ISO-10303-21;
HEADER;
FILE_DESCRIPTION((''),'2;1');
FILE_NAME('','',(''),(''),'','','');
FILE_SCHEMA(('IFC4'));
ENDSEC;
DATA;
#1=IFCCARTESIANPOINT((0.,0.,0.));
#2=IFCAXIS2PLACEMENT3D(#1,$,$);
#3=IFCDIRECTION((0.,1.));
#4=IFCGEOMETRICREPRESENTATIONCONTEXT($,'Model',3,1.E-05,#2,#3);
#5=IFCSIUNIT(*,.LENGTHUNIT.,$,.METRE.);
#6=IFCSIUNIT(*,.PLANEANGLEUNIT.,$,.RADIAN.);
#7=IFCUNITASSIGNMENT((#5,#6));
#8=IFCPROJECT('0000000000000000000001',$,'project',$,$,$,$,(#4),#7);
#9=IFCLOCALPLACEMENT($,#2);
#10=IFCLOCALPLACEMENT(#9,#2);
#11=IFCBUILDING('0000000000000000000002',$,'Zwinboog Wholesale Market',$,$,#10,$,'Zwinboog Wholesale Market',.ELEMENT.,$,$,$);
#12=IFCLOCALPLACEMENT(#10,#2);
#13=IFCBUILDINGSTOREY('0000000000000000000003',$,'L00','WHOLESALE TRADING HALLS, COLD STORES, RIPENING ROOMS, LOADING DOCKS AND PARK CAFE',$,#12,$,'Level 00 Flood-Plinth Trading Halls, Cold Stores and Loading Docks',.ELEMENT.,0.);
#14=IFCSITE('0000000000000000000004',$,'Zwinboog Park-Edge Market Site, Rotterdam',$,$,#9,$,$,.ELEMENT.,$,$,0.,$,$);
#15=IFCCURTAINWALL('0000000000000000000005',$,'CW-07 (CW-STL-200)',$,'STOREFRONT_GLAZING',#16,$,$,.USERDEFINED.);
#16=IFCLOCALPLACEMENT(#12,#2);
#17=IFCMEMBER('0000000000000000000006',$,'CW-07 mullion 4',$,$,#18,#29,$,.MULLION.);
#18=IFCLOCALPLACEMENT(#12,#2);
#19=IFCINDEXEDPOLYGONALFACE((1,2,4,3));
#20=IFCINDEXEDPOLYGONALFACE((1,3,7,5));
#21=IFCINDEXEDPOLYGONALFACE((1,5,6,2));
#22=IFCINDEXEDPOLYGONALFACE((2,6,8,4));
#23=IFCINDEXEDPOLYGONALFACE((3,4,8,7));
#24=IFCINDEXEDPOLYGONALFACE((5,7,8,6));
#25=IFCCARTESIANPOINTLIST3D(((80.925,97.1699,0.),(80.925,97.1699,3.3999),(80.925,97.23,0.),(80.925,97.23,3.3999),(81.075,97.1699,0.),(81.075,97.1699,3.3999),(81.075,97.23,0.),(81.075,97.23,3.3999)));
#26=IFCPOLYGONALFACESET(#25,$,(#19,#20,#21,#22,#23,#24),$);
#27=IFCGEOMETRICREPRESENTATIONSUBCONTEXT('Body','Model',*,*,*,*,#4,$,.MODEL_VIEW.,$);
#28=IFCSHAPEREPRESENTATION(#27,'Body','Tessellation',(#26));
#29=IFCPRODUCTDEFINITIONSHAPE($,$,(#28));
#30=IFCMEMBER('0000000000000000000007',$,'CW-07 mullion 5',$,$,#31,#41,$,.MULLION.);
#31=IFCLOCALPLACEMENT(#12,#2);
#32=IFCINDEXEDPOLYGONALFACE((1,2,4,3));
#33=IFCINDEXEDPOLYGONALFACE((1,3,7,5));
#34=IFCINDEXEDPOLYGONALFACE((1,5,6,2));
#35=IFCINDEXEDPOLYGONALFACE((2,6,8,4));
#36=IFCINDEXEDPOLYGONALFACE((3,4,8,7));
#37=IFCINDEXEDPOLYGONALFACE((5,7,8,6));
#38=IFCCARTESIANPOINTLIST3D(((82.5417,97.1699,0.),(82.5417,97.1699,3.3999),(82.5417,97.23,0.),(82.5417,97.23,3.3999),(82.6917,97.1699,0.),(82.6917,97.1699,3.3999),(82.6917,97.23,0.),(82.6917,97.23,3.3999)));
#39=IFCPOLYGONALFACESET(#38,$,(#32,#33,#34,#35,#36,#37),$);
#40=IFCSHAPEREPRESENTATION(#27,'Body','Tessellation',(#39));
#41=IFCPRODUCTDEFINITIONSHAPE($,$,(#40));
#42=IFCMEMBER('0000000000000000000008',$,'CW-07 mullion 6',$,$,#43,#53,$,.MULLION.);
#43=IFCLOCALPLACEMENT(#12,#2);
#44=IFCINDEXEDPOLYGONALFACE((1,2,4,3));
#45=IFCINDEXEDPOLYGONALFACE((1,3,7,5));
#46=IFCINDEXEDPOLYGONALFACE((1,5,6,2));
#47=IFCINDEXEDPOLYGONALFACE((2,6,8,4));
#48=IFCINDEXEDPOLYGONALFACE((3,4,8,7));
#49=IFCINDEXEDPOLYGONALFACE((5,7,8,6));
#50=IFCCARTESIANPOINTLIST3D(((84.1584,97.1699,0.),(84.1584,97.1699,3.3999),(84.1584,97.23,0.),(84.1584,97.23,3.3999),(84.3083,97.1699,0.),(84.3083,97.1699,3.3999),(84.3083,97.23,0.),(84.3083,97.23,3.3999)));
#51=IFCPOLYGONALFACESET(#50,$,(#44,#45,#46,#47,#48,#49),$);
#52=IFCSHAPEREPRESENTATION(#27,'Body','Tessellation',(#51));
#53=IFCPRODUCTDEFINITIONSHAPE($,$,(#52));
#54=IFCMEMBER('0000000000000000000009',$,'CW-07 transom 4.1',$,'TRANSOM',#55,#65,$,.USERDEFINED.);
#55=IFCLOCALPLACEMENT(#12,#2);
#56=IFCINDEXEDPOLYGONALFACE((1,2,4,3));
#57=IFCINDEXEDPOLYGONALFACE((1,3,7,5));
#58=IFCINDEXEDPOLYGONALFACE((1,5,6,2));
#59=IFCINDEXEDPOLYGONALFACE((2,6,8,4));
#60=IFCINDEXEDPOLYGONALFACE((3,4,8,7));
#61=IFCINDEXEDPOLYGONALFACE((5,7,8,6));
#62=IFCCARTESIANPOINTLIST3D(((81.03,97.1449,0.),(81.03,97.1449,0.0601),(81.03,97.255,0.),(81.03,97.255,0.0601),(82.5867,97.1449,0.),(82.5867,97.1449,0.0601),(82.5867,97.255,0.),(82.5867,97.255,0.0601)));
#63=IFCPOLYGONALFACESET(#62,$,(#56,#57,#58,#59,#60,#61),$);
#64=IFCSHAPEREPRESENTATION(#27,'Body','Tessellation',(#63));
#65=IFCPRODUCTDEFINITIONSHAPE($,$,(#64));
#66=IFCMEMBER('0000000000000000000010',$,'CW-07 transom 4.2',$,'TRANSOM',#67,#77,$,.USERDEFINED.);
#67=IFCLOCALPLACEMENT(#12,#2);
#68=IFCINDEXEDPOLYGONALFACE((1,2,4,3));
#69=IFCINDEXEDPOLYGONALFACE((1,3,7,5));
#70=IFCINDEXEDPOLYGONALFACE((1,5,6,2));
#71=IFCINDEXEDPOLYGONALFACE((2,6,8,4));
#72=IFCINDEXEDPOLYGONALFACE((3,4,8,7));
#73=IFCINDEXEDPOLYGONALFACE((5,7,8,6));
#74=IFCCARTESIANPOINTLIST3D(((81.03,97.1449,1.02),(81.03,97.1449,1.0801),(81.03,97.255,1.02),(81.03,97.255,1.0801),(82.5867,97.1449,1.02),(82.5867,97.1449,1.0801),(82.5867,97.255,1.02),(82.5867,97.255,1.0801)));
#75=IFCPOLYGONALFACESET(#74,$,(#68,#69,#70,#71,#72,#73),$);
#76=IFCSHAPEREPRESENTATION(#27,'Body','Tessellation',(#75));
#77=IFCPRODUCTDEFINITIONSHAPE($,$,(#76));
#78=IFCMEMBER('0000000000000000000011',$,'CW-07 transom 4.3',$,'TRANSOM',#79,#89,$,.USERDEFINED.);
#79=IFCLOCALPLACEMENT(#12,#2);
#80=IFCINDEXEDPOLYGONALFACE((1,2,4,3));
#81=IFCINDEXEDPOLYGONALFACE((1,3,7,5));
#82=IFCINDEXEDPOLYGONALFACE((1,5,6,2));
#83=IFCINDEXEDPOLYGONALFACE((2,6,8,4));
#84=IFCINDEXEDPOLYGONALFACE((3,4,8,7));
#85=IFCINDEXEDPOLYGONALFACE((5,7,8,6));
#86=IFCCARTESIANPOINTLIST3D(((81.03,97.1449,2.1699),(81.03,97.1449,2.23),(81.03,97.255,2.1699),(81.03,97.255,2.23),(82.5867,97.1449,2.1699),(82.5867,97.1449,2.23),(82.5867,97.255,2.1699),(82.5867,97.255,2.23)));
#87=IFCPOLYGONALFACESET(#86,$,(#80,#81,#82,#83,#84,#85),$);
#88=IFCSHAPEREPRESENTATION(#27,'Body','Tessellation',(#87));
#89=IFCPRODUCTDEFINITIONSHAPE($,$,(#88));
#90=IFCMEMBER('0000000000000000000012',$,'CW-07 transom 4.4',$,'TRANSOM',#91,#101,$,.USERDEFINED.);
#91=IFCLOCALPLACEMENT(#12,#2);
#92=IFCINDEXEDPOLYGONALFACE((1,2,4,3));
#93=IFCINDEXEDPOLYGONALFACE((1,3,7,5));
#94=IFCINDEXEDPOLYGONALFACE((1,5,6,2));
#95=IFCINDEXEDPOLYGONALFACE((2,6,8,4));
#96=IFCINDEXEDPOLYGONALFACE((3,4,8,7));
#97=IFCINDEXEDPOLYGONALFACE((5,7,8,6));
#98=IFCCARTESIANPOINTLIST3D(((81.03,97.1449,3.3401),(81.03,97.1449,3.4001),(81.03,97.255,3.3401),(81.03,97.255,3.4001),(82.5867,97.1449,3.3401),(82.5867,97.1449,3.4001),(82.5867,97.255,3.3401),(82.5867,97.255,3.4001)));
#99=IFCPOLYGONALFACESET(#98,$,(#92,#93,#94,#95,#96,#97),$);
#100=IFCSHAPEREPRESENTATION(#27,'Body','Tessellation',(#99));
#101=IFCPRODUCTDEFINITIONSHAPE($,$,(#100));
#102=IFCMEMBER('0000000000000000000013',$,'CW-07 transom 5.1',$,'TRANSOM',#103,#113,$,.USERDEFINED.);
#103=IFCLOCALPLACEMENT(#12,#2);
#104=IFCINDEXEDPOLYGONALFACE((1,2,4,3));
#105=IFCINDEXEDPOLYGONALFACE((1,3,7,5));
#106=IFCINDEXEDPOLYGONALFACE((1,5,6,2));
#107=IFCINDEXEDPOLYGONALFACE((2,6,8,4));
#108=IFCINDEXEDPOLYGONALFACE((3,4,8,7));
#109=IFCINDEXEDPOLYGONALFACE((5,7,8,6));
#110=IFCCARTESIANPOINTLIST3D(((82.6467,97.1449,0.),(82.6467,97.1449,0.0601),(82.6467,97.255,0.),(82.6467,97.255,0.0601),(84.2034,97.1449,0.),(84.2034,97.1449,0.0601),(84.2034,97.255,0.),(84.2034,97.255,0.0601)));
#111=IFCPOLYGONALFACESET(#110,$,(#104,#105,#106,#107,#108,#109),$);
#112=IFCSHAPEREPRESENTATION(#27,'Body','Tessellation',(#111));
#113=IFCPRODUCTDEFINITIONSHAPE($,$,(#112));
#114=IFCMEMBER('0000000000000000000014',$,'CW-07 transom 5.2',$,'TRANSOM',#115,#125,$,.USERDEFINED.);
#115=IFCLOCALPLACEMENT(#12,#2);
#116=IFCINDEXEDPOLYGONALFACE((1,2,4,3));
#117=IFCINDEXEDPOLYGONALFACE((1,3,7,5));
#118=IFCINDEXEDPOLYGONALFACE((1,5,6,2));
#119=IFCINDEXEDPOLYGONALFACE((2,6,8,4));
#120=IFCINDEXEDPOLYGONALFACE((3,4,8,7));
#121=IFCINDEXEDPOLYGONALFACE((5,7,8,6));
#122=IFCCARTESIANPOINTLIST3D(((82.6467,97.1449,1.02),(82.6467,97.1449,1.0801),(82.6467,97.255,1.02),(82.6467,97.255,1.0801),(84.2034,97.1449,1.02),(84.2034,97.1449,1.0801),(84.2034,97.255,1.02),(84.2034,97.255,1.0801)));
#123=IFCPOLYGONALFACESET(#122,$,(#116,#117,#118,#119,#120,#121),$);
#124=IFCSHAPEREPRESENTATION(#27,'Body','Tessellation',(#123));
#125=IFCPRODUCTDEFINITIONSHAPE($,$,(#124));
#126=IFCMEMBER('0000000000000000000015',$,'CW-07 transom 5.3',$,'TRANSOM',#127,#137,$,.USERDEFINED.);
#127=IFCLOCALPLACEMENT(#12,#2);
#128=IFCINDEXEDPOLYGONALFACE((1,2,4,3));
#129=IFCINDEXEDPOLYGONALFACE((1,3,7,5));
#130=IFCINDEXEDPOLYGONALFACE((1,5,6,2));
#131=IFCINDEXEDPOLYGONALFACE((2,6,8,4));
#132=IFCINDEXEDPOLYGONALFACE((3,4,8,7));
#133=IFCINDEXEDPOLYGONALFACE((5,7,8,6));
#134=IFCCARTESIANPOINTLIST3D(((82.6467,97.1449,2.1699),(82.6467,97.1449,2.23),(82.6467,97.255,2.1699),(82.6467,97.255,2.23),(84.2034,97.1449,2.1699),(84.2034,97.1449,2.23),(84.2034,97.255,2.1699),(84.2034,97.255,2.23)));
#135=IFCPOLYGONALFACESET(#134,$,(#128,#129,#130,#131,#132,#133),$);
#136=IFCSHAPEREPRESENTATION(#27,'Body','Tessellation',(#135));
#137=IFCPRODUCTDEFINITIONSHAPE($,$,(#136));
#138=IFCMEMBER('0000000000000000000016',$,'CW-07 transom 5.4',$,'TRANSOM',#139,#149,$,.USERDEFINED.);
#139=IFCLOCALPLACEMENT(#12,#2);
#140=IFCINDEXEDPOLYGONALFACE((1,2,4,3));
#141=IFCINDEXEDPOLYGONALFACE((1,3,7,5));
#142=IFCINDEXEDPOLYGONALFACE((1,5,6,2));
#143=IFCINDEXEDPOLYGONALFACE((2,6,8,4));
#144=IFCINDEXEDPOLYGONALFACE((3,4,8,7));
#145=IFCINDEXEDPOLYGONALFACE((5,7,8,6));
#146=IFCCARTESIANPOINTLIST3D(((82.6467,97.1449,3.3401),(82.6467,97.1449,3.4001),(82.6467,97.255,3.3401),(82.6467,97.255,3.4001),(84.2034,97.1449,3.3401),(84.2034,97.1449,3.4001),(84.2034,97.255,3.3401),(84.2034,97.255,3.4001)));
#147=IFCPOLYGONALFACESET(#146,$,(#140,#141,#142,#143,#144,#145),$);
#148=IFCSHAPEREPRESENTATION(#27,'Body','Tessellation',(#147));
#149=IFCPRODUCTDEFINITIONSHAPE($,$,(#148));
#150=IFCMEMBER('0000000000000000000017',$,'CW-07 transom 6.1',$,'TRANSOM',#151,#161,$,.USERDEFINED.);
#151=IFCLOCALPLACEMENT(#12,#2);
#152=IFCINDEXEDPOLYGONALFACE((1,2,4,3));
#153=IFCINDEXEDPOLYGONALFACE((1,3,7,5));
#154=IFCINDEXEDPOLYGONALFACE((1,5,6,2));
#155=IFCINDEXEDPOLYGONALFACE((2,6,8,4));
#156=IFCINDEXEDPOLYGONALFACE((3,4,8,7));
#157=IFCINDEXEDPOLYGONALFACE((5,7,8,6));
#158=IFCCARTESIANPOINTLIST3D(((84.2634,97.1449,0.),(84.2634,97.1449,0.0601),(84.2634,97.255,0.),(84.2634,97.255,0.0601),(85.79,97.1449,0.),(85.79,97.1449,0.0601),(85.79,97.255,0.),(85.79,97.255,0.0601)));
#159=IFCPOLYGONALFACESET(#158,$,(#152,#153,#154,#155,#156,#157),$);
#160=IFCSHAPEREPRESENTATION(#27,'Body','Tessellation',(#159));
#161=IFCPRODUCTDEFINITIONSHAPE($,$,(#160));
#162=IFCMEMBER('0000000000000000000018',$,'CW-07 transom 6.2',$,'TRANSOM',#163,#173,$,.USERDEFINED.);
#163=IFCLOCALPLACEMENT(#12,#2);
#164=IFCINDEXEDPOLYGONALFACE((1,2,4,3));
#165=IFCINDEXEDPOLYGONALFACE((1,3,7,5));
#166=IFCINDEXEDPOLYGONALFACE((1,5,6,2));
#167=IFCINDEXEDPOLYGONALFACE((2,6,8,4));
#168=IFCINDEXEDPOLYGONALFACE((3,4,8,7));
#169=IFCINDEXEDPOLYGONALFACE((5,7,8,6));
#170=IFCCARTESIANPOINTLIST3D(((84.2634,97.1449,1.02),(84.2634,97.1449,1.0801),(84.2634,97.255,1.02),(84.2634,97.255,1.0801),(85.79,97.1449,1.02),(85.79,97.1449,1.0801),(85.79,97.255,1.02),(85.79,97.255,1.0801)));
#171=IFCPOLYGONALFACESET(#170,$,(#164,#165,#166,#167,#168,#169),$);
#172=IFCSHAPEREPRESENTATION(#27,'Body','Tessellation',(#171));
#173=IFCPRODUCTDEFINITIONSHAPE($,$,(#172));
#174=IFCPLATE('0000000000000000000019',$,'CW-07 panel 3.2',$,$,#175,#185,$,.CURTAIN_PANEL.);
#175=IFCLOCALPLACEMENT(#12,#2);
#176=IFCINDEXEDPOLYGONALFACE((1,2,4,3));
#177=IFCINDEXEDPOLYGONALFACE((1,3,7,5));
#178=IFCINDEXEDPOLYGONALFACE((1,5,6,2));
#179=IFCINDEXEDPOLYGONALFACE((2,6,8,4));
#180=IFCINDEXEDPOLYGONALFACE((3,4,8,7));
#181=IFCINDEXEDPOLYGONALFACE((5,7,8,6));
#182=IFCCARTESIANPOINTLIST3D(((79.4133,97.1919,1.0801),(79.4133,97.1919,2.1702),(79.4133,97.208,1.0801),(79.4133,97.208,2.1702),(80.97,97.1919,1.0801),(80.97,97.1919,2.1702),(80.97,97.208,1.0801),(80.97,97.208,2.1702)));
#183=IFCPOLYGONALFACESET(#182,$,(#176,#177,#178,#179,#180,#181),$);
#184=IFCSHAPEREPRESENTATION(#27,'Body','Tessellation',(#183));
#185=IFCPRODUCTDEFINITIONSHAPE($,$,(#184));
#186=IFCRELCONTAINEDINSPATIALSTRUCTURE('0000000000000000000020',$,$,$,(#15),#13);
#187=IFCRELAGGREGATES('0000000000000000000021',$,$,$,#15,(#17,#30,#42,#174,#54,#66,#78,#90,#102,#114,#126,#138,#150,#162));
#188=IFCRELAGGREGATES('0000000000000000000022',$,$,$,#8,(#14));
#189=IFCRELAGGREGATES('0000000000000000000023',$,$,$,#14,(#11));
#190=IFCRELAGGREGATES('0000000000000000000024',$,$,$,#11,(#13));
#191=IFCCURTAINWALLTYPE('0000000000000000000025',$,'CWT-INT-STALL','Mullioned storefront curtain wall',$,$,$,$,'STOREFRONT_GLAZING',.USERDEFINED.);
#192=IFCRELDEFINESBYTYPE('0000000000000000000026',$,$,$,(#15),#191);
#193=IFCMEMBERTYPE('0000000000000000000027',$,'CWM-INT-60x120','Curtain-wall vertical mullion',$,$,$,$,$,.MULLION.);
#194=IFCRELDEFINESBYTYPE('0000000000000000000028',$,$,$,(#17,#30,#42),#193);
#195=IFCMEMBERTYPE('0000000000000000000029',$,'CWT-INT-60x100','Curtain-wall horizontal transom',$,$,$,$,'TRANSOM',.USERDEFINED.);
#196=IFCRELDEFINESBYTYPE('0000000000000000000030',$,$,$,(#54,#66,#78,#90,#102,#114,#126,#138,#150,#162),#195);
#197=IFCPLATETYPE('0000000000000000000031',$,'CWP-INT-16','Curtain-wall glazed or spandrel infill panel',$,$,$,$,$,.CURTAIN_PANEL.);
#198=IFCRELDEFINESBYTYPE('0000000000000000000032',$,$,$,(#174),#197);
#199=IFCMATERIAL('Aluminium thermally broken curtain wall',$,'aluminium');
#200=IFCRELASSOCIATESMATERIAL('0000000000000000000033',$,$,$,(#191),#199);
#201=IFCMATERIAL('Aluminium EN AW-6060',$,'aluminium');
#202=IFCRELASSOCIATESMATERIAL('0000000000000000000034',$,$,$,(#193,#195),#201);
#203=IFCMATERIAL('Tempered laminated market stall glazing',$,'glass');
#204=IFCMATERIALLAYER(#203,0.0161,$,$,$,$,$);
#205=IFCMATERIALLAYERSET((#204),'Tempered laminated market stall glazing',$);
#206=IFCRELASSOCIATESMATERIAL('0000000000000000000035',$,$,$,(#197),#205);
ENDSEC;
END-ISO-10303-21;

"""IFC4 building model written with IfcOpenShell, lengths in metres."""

from ifc_helpers import new_model, si_unit, direction, frame, origin, origin_2d, place, context, subcontext, project, spatial, rectangle, extrude, material, layer, layer_set, material_profile, profile_set, type_object, element, aggregate, save


model = new_model("IFC4")

# Units and contexts
model_context = context("Model", 3, precision=1e-05, world=origin(), true_north=direction((0.0, 1.0)))
body_context = subcontext(model_context, "Body", "Model", "MODEL_VIEW")
ifc_project = project(units=[si_unit("LENGTHUNIT", "METRE"), si_unit("PLANEANGLEUNIT", "RADIAN")], contexts=[model_context])

# Site, building, storey
site_placement = place(None, origin())
site = spatial("IfcSite", under=ifc_project, at=site_placement, Name="Zwinboog Park-Edge Market Site, Rotterdam", CompositionType="ELEMENT", RefElevation=0.0)
building_placement = place(site_placement, origin())
building = spatial("IfcBuilding", under=site, at=building_placement, Name="Zwinboog Wholesale Market", LongName="Zwinboog Wholesale Market", CompositionType="ELEMENT")
storey_placement = place(building_placement, origin())
storey = spatial("IfcBuildingStorey", under=building, at=storey_placement, Name="L00", Description="WHOLESALE TRADING HALLS, COLD STORES, RIPENING ROOMS, LOADING DOCKS AND PARK CAFE", LongName="Level 00 Flood-Plinth Trading Halls, Cold Stores and Loading Docks", CompositionType="ELEMENT", Elevation=0.0)

# Curtain wall, members, plate
ifc_material_1 = material(Name="Aluminium thermally broken curtain wall", Category="aluminium")
curtain_wall_type = type_object("IfcCurtainWallType", Name="CWT-INT-STALL", Description="Mullioned storefront curtain wall", ElementType="STOREFRONT_GLAZING", PredefinedType="USERDEFINED", material=ifc_material_1)
curtain_wall_placement = place(storey_placement, origin())
curtain_wall = element("IfcCurtainWall", 1, at=curtain_wall_placement, inside=storey, type_object=curtain_wall_type, Name="CW-07 (CW-STL-200)", ObjectType="STOREFRONT_GLAZING", PredefinedType="USERDEFINED")
ifc_material_2 = material(Name="Aluminium EN AW-6060", Category="aluminium")
ifc_material_profile_1 = material_profile(ifc_material_2, rectangle(XDim=0.0601, YDim=0.1499, at=origin_2d()), Name="AL 60x150")
ifc_profile_set_1 = profile_set([ifc_material_profile_1], Name="Aluminium EN AW-6060")
member_type_1 = type_object("IfcMemberType", Name="CWM-INT-60x120", Description="Curtain-wall vertical mullion", PredefinedType="MULLION", material=ifc_profile_set_1)
member_1_placement = place(storey_placement, frame((81.0, 97.2, 0.0), z_axis=(0.0, 0.0, 1.0), x_axis=(0.0, 1.0, 0.0)))
member_1 = element("IfcMember", 2, at=member_1_placement, type_object=member_type_1, Name="CW-07 mullion 4", PredefinedType="MULLION", context=body_context, shape_type="SweptSolid", body=[
    extrude(rectangle(XDim=0.0601, YDim=0.1499, at=origin_2d()), origin(), (0.0, 0.0, 1.0), 3.3999),
])
member_2_placement = place(storey_placement, frame((82.6167, 97.2, 0.0), z_axis=(0.0, 0.0, 1.0), x_axis=(0.0, 1.0, 0.0)))
member_2 = element("IfcMember", 3, at=member_2_placement, type_object=member_type_1, Name="CW-07 mullion 5", PredefinedType="MULLION", context=body_context, shape_type="SweptSolid", body=[
    extrude(rectangle(XDim=0.0601, YDim=0.1499, at=origin_2d()), origin(), (0.0, 0.0, 1.0), 3.3999),
])
member_3_placement = place(storey_placement, frame((84.2334, 97.2, 0.0), z_axis=(0.0, 0.0, 1.0), x_axis=(0.0, 1.0, 0.0)))
member_3 = element("IfcMember", 4, at=member_3_placement, type_object=member_type_1, Name="CW-07 mullion 6", PredefinedType="MULLION", context=body_context, shape_type="SweptSolid", body=[
    extrude(rectangle(XDim=0.0601, YDim=0.1499, at=origin_2d()), origin(), (0.0, 0.0, 1.0), 3.3999),
])
ifc_material_profile_2 = material_profile(ifc_material_2, rectangle(XDim=0.1101, YDim=0.0601, at=origin_2d()), Name="AL 60x110")
ifc_profile_set_2 = profile_set([ifc_material_profile_2], Name="Aluminium EN AW-6060")
member_type_2 = type_object("IfcMemberType", Name="CWT-INT-60x100", Description="Curtain-wall horizontal transom", ElementType="TRANSOM", PredefinedType="USERDEFINED", material=ifc_profile_set_2)
member_4_placement = place(storey_placement, frame((81.03, 97.2, 0.03), z_axis=(1.0, 0.0, 0.0), x_axis=(0.0, 1.0, 0.0)))
member_4 = element("IfcMember", 5, at=member_4_placement, type_object=member_type_2, Name="CW-07 transom 4.1", ObjectType="TRANSOM", PredefinedType="USERDEFINED", context=body_context, shape_type="SweptSolid", body=[
    extrude(rectangle(XDim=0.1101, YDim=0.0601, at=origin_2d()), origin(), (0.0, 0.0, 1.0), 1.5566),
])
member_5_placement = place(storey_placement, frame((81.03, 97.2, 1.05), z_axis=(1.0, 0.0, 0.0), x_axis=(0.0, 1.0, 0.0)))
member_5 = element("IfcMember", 6, at=member_5_placement, type_object=member_type_2, Name="CW-07 transom 4.2", ObjectType="TRANSOM", PredefinedType="USERDEFINED", context=body_context, shape_type="SweptSolid", body=[
    extrude(rectangle(XDim=0.1101, YDim=0.0601, at=origin_2d()), origin(), (0.0, 0.0, 1.0), 1.5566),
])
member_6_placement = place(storey_placement, frame((81.03, 97.2, 2.2), z_axis=(1.0, 0.0, 0.0), x_axis=(0.0, 1.0, 0.0)))
member_6 = element("IfcMember", 7, at=member_6_placement, type_object=member_type_2, Name="CW-07 transom 4.3", ObjectType="TRANSOM", PredefinedType="USERDEFINED", context=body_context, shape_type="SweptSolid", body=[
    extrude(rectangle(XDim=0.1101, YDim=0.0601, at=origin_2d()), origin(), (0.0, 0.0, 1.0), 1.5566),
])
member_7_placement = place(storey_placement, frame((81.03, 97.2, 3.3701), z_axis=(1.0, 0.0, 0.0), x_axis=(0.0, 1.0, 0.0)))
member_7 = element("IfcMember", 8, at=member_7_placement, type_object=member_type_2, Name="CW-07 transom 4.4", ObjectType="TRANSOM", PredefinedType="USERDEFINED", context=body_context, shape_type="SweptSolid", body=[
    extrude(rectangle(XDim=0.1101, YDim=0.0601, at=origin_2d()), origin(), (0.0, 0.0, 1.0), 1.5566),
])
member_8_placement = place(storey_placement, frame((82.6467, 97.2, 0.03), z_axis=(1.0, 0.0, 0.0), x_axis=(0.0, 1.0, 0.0)))
member_8 = element("IfcMember", 9, at=member_8_placement, type_object=member_type_2, Name="CW-07 transom 5.1", ObjectType="TRANSOM", PredefinedType="USERDEFINED", context=body_context, shape_type="SweptSolid", body=[
    extrude(rectangle(XDim=0.1101, YDim=0.0601, at=origin_2d()), origin(), (0.0, 0.0, 1.0), 1.5566),
])
member_9_placement = place(storey_placement, frame((82.6467, 97.2, 1.05), z_axis=(1.0, 0.0, 0.0), x_axis=(0.0, 1.0, 0.0)))
member_9 = element("IfcMember", 10, at=member_9_placement, type_object=member_type_2, Name="CW-07 transom 5.2", ObjectType="TRANSOM", PredefinedType="USERDEFINED", context=body_context, shape_type="SweptSolid", body=[
    extrude(rectangle(XDim=0.1101, YDim=0.0601, at=origin_2d()), origin(), (0.0, 0.0, 1.0), 1.5566),
])
member_10_placement = place(storey_placement, frame((82.6467, 97.2, 2.2), z_axis=(1.0, 0.0, 0.0), x_axis=(0.0, 1.0, 0.0)))
member_10 = element("IfcMember", 11, at=member_10_placement, type_object=member_type_2, Name="CW-07 transom 5.3", ObjectType="TRANSOM", PredefinedType="USERDEFINED", context=body_context, shape_type="SweptSolid", body=[
    extrude(rectangle(XDim=0.1101, YDim=0.0601, at=origin_2d()), origin(), (0.0, 0.0, 1.0), 1.5566),
])
member_11_placement = place(storey_placement, frame((82.6467, 97.2, 3.3701), z_axis=(1.0, 0.0, 0.0), x_axis=(0.0, 1.0, 0.0)))
member_11 = element("IfcMember", 12, at=member_11_placement, type_object=member_type_2, Name="CW-07 transom 5.4", ObjectType="TRANSOM", PredefinedType="USERDEFINED", context=body_context, shape_type="SweptSolid", body=[
    extrude(rectangle(XDim=0.1101, YDim=0.0601, at=origin_2d()), origin(), (0.0, 0.0, 1.0), 1.5566),
])
member_12_placement = place(storey_placement, frame((84.2634, 97.2, 0.03), z_axis=(1.0, 0.0, 0.0), x_axis=(0.0, 1.0, 0.0)))
member_12 = element("IfcMember", 13, at=member_12_placement, type_object=member_type_2, Name="CW-07 transom 6.1", ObjectType="TRANSOM", PredefinedType="USERDEFINED", context=body_context, shape_type="SweptSolid", body=[
    extrude(rectangle(XDim=0.1101, YDim=0.0601, at=origin_2d()), origin(), (0.0, 0.0, 1.0), 1.5266),
])
member_13_placement = place(storey_placement, frame((84.2634, 97.2, 1.05), z_axis=(1.0, 0.0, 0.0), x_axis=(0.0, 1.0, 0.0)))
member_13 = element("IfcMember", 14, at=member_13_placement, type_object=member_type_2, Name="CW-07 transom 6.2", ObjectType="TRANSOM", PredefinedType="USERDEFINED", context=body_context, shape_type="SweptSolid", body=[
    extrude(rectangle(XDim=0.1101, YDim=0.0601, at=origin_2d()), origin(), (0.0, 0.0, 1.0), 1.5266),
])
ifc_material_3 = material(Name="Tempered laminated market stall glazing", Category="glass")
ifc_layer = layer(ifc_material_3, 0.0161)
ifc_layer_set = layer_set([ifc_layer], Name="Tempered laminated market stall glazing")
plate_type = type_object("IfcPlateType", Name="CWP-INT-16", Description="Curtain-wall glazed or spandrel infill panel", PredefinedType="CURTAIN_PANEL", material=ifc_layer_set)
plate_1_placement = place(storey_placement, frame((80.1917, 97.2, 1.0801), z_axis=(0.0, 0.0, 1.0), x_axis=(1.0, 0.0, 0.0)))
plate_1 = element("IfcPlate", 15, at=plate_1_placement, type_object=plate_type, Name="CW-07 panel 3.2", PredefinedType="CURTAIN_PANEL", context=body_context, shape_type="SweptSolid", body=[
    extrude(rectangle(XDim=1.5566, YDim=0.0161, at=origin_2d()), origin(), (0.0, 0.0, 1.0), 1.0901),
])
aggregate(curtain_wall, [member_1, member_2, member_3, plate_1, member_4, member_5, member_6, member_7, member_8, member_9, member_10, member_11, member_12, member_13])

save(model, "model.ifc")
